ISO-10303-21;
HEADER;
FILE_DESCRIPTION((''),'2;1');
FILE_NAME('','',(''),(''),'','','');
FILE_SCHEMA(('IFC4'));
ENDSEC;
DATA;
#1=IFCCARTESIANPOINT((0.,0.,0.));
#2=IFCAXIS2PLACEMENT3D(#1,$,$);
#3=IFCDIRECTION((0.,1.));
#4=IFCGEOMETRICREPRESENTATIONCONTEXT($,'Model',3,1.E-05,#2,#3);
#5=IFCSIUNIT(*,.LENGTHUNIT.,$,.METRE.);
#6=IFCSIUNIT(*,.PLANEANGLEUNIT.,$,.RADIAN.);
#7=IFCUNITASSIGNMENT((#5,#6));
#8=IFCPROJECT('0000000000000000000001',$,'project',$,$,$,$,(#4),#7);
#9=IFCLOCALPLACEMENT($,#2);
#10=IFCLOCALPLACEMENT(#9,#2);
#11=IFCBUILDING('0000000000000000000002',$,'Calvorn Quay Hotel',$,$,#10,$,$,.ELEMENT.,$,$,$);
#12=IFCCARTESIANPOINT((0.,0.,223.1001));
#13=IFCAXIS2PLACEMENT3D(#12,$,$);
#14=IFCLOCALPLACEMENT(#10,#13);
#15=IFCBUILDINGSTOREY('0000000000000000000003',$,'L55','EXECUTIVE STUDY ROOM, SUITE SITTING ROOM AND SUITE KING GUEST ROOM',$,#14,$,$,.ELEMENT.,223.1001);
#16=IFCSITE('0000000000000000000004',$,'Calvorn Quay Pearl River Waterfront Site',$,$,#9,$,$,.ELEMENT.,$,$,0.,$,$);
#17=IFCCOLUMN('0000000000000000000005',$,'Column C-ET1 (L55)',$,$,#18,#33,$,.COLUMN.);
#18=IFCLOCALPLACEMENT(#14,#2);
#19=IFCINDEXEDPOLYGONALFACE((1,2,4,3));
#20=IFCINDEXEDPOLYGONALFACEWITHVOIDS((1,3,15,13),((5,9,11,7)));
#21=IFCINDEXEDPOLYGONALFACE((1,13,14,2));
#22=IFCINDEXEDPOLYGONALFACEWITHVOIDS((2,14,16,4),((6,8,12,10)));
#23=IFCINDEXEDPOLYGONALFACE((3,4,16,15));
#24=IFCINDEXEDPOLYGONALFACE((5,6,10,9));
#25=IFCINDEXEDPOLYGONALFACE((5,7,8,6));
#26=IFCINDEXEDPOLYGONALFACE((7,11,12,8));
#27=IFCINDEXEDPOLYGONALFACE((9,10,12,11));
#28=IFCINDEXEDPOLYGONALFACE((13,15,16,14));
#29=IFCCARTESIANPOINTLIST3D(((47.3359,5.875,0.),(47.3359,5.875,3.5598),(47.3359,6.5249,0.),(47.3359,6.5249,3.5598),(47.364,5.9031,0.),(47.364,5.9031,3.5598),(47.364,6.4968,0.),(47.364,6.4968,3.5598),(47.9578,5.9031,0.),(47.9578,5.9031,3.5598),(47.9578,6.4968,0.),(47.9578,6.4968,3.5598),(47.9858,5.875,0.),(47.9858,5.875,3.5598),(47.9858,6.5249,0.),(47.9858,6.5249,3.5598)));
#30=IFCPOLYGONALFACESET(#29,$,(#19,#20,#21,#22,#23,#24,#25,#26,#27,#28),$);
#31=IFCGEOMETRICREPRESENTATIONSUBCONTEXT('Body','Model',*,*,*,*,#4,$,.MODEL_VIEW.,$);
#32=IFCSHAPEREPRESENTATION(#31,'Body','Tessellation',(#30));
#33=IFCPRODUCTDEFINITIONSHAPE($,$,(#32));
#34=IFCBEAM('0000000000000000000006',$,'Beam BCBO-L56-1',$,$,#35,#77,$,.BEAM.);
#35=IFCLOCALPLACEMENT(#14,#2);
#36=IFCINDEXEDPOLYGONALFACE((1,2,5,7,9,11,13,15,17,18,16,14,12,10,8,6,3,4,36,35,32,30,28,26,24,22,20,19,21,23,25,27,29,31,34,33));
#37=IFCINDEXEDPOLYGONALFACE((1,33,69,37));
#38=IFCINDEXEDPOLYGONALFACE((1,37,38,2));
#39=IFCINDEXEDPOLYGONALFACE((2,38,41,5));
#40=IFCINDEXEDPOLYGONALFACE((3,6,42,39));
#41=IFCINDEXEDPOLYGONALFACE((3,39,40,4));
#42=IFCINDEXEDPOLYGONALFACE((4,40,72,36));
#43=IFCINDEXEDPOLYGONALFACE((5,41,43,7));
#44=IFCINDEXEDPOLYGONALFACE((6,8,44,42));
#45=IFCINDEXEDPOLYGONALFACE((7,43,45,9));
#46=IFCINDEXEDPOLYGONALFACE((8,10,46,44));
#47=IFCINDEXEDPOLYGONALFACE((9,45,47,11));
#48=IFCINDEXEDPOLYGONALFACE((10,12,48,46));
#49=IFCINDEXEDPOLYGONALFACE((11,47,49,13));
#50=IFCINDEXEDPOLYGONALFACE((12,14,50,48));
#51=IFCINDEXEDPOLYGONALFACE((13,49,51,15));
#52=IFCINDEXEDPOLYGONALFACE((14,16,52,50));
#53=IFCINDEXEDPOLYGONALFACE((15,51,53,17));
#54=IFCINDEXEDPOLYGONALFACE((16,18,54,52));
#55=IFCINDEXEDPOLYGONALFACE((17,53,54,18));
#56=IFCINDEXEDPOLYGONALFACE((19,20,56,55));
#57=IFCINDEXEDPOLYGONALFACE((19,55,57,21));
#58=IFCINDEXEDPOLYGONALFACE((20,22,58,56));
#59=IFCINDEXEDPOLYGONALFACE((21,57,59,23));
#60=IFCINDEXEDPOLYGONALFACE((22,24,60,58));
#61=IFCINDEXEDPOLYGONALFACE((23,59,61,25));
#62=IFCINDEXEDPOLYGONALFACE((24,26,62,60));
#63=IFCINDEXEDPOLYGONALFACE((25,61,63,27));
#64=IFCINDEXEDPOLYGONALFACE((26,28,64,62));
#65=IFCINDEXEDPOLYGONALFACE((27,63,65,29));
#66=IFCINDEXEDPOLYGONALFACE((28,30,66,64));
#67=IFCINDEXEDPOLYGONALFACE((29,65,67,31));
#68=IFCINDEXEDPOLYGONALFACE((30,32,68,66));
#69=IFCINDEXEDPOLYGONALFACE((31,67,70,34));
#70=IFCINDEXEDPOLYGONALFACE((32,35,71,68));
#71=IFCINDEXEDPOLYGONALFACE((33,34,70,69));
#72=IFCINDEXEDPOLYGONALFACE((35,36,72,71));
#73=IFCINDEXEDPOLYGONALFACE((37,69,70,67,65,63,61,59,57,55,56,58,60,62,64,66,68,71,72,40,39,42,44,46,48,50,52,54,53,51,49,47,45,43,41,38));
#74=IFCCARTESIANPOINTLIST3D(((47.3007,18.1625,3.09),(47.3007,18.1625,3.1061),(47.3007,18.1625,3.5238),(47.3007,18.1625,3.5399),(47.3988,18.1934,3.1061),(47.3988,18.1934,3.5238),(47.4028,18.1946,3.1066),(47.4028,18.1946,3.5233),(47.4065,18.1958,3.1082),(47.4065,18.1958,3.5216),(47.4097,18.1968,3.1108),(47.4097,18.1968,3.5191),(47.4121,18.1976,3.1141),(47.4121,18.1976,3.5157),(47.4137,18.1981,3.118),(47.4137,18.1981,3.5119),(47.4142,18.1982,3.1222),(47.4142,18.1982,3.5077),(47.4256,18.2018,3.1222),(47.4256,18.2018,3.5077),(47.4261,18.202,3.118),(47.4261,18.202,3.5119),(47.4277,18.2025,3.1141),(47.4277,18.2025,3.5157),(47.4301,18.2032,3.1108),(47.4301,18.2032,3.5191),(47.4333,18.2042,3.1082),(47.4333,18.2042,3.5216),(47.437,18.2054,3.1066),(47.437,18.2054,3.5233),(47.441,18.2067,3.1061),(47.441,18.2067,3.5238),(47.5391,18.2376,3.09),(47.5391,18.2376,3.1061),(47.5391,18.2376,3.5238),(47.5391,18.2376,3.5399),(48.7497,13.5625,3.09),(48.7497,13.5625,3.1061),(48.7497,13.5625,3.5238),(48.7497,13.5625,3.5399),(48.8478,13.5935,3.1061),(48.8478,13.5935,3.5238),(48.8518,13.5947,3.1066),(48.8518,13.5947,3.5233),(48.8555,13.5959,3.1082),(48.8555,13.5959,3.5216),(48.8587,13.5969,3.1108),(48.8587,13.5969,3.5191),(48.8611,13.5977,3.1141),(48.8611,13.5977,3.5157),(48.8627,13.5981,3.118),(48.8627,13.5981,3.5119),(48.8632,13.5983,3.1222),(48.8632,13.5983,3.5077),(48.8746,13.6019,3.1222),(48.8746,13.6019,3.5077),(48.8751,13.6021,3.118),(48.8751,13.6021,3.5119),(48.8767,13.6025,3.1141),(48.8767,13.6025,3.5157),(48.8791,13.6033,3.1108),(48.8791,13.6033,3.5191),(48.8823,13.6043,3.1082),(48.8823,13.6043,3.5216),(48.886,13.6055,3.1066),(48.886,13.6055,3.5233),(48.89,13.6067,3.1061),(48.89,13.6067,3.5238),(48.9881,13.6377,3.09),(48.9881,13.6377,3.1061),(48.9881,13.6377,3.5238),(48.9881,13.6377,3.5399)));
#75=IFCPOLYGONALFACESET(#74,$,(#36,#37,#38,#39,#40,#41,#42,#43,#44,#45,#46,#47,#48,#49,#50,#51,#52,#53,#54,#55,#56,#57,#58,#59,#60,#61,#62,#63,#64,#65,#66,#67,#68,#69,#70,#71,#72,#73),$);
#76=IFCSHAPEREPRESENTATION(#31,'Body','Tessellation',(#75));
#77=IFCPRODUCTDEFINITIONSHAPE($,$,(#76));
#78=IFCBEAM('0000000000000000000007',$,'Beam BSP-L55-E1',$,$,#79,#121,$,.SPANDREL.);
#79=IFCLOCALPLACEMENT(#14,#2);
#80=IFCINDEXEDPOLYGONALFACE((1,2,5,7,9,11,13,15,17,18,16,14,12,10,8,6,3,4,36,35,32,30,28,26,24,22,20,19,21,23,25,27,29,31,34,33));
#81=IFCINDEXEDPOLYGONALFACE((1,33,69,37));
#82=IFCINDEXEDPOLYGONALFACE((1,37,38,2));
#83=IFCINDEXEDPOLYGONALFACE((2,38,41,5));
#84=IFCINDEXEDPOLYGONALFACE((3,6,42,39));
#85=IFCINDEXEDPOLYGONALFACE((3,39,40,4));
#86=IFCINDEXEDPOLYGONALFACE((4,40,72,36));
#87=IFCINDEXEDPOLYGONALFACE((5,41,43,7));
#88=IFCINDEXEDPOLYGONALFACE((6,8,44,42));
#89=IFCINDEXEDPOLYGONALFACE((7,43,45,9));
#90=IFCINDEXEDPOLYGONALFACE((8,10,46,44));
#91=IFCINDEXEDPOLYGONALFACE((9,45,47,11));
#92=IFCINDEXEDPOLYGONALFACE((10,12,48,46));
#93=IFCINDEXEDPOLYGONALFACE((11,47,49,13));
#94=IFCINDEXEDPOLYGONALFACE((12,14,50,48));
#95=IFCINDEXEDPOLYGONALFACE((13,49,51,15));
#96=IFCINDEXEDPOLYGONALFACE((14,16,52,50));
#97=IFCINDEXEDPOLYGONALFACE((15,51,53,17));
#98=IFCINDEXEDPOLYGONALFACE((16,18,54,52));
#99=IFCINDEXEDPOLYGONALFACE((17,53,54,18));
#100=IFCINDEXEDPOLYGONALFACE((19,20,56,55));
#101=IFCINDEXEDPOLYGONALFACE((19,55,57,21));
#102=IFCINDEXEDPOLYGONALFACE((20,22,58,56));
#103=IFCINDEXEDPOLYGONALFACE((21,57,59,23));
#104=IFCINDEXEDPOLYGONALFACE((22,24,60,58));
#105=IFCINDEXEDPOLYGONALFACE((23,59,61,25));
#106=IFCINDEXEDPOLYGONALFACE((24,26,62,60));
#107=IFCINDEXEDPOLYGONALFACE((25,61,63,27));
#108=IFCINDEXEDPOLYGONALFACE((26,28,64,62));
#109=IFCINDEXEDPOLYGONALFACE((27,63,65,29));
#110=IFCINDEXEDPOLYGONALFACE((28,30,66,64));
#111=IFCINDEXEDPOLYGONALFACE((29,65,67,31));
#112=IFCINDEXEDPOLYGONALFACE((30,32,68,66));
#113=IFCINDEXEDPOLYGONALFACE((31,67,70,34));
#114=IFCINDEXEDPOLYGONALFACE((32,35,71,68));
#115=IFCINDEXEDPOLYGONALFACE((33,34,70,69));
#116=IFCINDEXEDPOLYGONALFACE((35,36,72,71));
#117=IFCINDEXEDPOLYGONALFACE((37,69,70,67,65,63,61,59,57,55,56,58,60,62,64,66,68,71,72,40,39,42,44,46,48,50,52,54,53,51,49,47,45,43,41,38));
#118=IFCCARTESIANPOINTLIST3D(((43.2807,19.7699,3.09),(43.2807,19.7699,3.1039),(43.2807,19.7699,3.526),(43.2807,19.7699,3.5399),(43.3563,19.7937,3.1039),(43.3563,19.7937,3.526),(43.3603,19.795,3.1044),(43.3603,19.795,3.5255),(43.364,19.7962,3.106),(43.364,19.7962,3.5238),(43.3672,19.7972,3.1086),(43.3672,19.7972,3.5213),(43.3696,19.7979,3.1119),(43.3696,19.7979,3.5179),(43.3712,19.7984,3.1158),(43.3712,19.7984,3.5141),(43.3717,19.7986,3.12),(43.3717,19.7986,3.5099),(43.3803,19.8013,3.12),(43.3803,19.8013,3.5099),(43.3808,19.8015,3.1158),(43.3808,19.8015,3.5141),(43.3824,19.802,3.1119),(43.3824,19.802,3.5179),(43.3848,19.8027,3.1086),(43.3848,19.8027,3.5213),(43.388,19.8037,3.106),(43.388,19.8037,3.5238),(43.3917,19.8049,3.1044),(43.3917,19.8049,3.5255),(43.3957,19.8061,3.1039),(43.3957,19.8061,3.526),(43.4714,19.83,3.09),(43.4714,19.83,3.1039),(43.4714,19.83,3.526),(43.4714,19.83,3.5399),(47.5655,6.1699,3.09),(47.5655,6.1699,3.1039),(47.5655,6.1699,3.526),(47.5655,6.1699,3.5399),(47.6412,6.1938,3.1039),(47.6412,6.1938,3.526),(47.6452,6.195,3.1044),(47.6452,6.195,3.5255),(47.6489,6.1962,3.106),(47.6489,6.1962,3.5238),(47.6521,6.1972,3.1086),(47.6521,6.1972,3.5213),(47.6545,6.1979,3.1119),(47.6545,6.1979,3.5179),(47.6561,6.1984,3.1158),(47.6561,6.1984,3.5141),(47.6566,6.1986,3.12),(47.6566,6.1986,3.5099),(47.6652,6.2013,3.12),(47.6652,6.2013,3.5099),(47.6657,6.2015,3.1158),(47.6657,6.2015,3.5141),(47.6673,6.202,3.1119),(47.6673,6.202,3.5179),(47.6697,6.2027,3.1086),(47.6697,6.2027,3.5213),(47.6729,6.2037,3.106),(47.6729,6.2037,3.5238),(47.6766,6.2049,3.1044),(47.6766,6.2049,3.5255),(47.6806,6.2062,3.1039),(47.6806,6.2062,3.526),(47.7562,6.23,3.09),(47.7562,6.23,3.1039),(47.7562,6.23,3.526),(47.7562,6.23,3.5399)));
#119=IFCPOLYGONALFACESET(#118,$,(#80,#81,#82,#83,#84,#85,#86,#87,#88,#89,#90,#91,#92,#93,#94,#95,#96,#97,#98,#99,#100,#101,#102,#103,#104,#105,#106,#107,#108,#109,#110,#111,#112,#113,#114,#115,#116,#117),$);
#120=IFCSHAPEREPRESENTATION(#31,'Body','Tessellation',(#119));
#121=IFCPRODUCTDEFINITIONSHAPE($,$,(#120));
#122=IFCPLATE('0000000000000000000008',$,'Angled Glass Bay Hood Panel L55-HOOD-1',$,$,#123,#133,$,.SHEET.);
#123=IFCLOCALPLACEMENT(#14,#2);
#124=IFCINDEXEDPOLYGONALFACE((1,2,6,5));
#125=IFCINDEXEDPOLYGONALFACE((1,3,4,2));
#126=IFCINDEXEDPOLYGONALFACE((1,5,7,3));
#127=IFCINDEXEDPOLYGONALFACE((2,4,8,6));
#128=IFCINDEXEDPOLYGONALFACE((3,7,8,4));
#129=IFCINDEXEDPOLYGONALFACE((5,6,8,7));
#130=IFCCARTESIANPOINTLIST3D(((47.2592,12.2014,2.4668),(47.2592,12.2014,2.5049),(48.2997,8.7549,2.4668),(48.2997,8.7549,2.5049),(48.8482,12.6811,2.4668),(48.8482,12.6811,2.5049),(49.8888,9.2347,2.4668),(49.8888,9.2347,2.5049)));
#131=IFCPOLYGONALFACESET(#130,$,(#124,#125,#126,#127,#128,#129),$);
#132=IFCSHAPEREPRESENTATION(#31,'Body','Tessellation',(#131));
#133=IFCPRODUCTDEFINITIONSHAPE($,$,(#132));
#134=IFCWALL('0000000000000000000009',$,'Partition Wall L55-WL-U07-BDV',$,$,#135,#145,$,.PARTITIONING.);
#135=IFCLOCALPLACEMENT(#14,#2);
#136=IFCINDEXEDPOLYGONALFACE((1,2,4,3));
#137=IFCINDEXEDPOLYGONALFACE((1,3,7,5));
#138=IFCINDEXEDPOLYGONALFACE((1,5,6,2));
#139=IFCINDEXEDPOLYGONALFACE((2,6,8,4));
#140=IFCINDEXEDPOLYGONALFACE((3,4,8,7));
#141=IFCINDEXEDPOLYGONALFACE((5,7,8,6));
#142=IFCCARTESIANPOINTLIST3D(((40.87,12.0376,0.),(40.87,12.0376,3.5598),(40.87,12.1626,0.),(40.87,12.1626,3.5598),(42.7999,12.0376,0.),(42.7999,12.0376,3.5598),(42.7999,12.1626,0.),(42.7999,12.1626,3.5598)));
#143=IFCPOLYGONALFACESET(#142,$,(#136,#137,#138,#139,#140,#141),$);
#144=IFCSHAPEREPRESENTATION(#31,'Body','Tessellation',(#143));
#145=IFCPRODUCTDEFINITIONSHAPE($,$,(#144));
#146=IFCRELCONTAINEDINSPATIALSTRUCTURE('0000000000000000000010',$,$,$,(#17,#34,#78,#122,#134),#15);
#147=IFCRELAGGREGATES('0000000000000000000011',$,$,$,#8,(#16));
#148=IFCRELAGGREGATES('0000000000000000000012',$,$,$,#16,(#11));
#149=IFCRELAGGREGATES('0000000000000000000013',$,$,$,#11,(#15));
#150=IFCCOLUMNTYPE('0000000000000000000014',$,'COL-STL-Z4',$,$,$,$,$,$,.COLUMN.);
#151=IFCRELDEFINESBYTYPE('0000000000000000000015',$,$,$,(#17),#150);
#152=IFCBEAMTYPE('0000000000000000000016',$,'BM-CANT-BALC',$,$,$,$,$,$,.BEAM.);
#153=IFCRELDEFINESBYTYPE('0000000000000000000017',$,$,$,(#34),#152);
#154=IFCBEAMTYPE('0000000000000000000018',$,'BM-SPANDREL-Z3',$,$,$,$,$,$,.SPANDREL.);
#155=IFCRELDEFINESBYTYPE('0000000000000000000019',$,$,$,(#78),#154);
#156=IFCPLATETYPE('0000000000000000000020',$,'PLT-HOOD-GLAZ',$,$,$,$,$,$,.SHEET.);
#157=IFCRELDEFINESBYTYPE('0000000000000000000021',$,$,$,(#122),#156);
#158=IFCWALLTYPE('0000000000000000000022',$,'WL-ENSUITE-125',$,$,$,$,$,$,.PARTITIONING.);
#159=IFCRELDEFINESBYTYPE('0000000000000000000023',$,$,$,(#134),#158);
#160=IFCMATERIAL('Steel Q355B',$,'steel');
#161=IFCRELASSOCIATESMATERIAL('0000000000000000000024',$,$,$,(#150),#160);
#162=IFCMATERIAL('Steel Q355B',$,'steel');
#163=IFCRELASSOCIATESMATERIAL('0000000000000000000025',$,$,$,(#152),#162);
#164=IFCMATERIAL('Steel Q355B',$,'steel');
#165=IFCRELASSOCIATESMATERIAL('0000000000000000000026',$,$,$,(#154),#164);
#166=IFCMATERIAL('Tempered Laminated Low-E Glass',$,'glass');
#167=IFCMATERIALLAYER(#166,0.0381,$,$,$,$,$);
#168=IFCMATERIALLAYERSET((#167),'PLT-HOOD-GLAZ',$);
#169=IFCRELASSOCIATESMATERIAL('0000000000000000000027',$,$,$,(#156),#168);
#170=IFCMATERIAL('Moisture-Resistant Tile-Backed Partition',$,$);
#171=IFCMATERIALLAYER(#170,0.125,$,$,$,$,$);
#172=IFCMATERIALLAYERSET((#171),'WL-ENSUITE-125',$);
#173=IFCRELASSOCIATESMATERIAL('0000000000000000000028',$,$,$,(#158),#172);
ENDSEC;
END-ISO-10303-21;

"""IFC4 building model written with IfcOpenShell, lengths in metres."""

from ifc_helpers import new_model, si_unit, direction, frame, frame_2d, origin, origin_2d, place, context, subcontext, project, spatial, rectangle, hollow_rectangle, i_section, extrude, material, layer, layer_set, material_profile, profile_set, type_object, element, save


model = new_model("IFC4")

# Units and contexts
model_context = context("Model", 3, precision=1e-05, world=origin(), true_north=direction((0.0, 1.0)))
body_context = subcontext(model_context, "Body", "Model", "MODEL_VIEW")
ifc_project = project(units=[si_unit("LENGTHUNIT", "METRE"), si_unit("PLANEANGLEUNIT", "RADIAN")], contexts=[model_context])

# Site, building, storey
site_placement = place(None, origin())
site = spatial("IfcSite", under=ifc_project, at=site_placement, Name="Calvorn Quay Pearl River Waterfront Site", CompositionType="ELEMENT", RefElevation=0.0)
building_placement = place(site_placement, origin())
building = spatial("IfcBuilding", under=site, at=building_placement, Name="Calvorn Quay Hotel", CompositionType="ELEMENT")
storey_placement = place(building_placement, frame((0.0, 0.0, 223.1001)))
storey = spatial("IfcBuildingStorey", under=building, at=storey_placement, Name="L55", Description="EXECUTIVE STUDY ROOM, SUITE SITTING ROOM AND SUITE KING GUEST ROOM", CompositionType="ELEMENT", Elevation=223.1001)

# Column
ifc_material_1 = material(Name="Steel Q355B", Category="steel")
ifc_material_profile_1 = material_profile(ifc_material_1, hollow_rectangle(XDim=0.6499, YDim=0.6499, WallThickness=0.0281, at=origin_2d()), Name="BOX650x650x28")
ifc_profile_set_1 = profile_set([ifc_material_profile_1], Name="Steel Q355B")
column_type = type_object("IfcColumnType", Name="COL-STL-Z4", PredefinedType="COLUMN", material=ifc_profile_set_1)
column_placement = place(storey_placement, frame((47.6609, 6.2, 0.0), z_axis=(0.0, 0.0, 1.0), x_axis=(1.0, 0.0, 0.0)))
element("IfcColumn", 1, at=column_placement, inside=storey, type_object=column_type, Name="Column C-ET1 (L55)", PredefinedType="COLUMN", context=body_context, shape_type="SweptSolid", body=[
    extrude(hollow_rectangle(XDim=0.6499, YDim=0.6499, WallThickness=0.0281, at=origin_2d()), origin(), (0.0, 0.0, 1.0), 3.5598),
])

# Beams
ifc_material_2 = material(Name="Steel Q355B", Category="steel")
ifc_material_profile_2 = material_profile(ifc_material_2, i_section(OverallWidth=0.25, OverallDepth=0.45, WebThickness=0.012, FlangeThickness=0.0161, FilletRadius=0.0161, at=origin_2d()), Name="HN450x250x12x16")
ifc_profile_set_2 = profile_set([ifc_material_profile_2], Name="Steel Q355B")
beam_type_1 = type_object("IfcBeamType", Name="BM-CANT-BALC", PredefinedType="BEAM", material=ifc_profile_set_2)
beam_1_placement = place(storey_placement, frame((48.8689, 13.6001, 3.3149), z_axis=(-0.30045, 0.953797, 0.0), x_axis=(-0.953797, -0.30045, 0.0)))
element("IfcBeam", 2, at=beam_1_placement, inside=storey, type_object=beam_type_1, Name="Beam BCBO-L56-1", PredefinedType="BEAM", context=body_context, shape_type="SweptSolid", body=[
    extrude(i_section(OverallWidth=0.25, OverallDepth=0.45, WebThickness=0.012, FlangeThickness=0.0161, FilletRadius=0.0161, at=origin_2d()), origin(), (0.0, 0.0, 1.0), 4.8228),
])
ifc_material_3 = material(Name="Steel Q355B", Category="steel")
ifc_material_profile_3 = material_profile(ifc_material_3, i_section(OverallWidth=0.2, OverallDepth=0.45, WebThickness=0.009, FlangeThickness=0.0139, FilletRadius=0.0161, at=origin_2d()), Name="HN450x200x9x14")
ifc_profile_set_3 = profile_set([ifc_material_profile_3], Name="Steel Q355B")
beam_type_2 = type_object("IfcBeamType", Name="BM-SPANDREL-Z3", PredefinedType="SPANDREL", material=ifc_profile_set_3)
beam_2_placement = place(storey_placement, frame((47.6609, 6.2, 3.3149), z_axis=(-0.300503, 0.953781, 0.0), x_axis=(-0.953781, -0.300503, 0.0)))
element("IfcBeam", 3, at=beam_2_placement, inside=storey, type_object=beam_type_2, Name="Beam BSP-L55-E1", PredefinedType="SPANDREL", context=body_context, shape_type="SweptSolid", body=[
    extrude(i_section(OverallWidth=0.2, OverallDepth=0.45, WebThickness=0.009, FlangeThickness=0.0139, FilletRadius=0.0161, at=origin_2d()), origin(), (0.0, 0.0, 1.0), 14.259),
])

# Plate
ifc_material_4 = material(Name="Tempered Laminated Low-E Glass", Category="glass")
ifc_layer_1 = layer(ifc_material_4, 0.0381)
ifc_layer_set_1 = layer_set([ifc_layer_1], Name="PLT-HOOD-GLAZ")
plate_type = type_object("IfcPlateType", Name="PLT-HOOD-GLAZ", PredefinedType="SHEET", material=ifc_layer_set_1)
plate_placement = place(storey_placement, frame((48.574, 10.718, 2.4668), z_axis=(0.0, 0.0, 1.0), x_axis=(0.957319, 0.289032, 0.0)))
element("IfcPlate", 4, at=plate_placement, inside=storey, type_object=plate_type, Name="Angled Glass Bay Hood Panel L55-HOOD-1", PredefinedType="SHEET", context=body_context, shape_type="SweptSolid", body=[
    extrude(rectangle(XDim=1.6599, YDim=3.6001, at=origin_2d()), origin(), (0.0, 0.0, 1.0), 0.0381),
])

# Wall
ifc_material_5 = material(Name="Moisture-Resistant Tile-Backed Partition")
ifc_layer_2 = layer(ifc_material_5, 0.125)
ifc_layer_set_2 = layer_set([ifc_layer_2], Name="WL-ENSUITE-125")
wall_type = type_object("IfcWallType", Name="WL-ENSUITE-125", PredefinedType="PARTITIONING", material=ifc_layer_set_2)
wall_placement = place(storey_placement, frame((40.8701, 12.1001, 0.0), z_axis=(0.0, 0.0, 1.0), x_axis=(1.0, 0.0, 0.0)))
element("IfcWall", 5, at=wall_placement, inside=storey, type_object=wall_type, Name="Partition Wall L55-WL-U07-BDV", PredefinedType="PARTITIONING", context=body_context, shape_type="SweptSolid", body=[
    extrude(rectangle(XDim=1.9299, YDim=0.125, at=frame_2d((0.9648, 0.0))), origin(), (0.0, 0.0, 1.0), 3.5598),
])

save(model, "model.ifc")
